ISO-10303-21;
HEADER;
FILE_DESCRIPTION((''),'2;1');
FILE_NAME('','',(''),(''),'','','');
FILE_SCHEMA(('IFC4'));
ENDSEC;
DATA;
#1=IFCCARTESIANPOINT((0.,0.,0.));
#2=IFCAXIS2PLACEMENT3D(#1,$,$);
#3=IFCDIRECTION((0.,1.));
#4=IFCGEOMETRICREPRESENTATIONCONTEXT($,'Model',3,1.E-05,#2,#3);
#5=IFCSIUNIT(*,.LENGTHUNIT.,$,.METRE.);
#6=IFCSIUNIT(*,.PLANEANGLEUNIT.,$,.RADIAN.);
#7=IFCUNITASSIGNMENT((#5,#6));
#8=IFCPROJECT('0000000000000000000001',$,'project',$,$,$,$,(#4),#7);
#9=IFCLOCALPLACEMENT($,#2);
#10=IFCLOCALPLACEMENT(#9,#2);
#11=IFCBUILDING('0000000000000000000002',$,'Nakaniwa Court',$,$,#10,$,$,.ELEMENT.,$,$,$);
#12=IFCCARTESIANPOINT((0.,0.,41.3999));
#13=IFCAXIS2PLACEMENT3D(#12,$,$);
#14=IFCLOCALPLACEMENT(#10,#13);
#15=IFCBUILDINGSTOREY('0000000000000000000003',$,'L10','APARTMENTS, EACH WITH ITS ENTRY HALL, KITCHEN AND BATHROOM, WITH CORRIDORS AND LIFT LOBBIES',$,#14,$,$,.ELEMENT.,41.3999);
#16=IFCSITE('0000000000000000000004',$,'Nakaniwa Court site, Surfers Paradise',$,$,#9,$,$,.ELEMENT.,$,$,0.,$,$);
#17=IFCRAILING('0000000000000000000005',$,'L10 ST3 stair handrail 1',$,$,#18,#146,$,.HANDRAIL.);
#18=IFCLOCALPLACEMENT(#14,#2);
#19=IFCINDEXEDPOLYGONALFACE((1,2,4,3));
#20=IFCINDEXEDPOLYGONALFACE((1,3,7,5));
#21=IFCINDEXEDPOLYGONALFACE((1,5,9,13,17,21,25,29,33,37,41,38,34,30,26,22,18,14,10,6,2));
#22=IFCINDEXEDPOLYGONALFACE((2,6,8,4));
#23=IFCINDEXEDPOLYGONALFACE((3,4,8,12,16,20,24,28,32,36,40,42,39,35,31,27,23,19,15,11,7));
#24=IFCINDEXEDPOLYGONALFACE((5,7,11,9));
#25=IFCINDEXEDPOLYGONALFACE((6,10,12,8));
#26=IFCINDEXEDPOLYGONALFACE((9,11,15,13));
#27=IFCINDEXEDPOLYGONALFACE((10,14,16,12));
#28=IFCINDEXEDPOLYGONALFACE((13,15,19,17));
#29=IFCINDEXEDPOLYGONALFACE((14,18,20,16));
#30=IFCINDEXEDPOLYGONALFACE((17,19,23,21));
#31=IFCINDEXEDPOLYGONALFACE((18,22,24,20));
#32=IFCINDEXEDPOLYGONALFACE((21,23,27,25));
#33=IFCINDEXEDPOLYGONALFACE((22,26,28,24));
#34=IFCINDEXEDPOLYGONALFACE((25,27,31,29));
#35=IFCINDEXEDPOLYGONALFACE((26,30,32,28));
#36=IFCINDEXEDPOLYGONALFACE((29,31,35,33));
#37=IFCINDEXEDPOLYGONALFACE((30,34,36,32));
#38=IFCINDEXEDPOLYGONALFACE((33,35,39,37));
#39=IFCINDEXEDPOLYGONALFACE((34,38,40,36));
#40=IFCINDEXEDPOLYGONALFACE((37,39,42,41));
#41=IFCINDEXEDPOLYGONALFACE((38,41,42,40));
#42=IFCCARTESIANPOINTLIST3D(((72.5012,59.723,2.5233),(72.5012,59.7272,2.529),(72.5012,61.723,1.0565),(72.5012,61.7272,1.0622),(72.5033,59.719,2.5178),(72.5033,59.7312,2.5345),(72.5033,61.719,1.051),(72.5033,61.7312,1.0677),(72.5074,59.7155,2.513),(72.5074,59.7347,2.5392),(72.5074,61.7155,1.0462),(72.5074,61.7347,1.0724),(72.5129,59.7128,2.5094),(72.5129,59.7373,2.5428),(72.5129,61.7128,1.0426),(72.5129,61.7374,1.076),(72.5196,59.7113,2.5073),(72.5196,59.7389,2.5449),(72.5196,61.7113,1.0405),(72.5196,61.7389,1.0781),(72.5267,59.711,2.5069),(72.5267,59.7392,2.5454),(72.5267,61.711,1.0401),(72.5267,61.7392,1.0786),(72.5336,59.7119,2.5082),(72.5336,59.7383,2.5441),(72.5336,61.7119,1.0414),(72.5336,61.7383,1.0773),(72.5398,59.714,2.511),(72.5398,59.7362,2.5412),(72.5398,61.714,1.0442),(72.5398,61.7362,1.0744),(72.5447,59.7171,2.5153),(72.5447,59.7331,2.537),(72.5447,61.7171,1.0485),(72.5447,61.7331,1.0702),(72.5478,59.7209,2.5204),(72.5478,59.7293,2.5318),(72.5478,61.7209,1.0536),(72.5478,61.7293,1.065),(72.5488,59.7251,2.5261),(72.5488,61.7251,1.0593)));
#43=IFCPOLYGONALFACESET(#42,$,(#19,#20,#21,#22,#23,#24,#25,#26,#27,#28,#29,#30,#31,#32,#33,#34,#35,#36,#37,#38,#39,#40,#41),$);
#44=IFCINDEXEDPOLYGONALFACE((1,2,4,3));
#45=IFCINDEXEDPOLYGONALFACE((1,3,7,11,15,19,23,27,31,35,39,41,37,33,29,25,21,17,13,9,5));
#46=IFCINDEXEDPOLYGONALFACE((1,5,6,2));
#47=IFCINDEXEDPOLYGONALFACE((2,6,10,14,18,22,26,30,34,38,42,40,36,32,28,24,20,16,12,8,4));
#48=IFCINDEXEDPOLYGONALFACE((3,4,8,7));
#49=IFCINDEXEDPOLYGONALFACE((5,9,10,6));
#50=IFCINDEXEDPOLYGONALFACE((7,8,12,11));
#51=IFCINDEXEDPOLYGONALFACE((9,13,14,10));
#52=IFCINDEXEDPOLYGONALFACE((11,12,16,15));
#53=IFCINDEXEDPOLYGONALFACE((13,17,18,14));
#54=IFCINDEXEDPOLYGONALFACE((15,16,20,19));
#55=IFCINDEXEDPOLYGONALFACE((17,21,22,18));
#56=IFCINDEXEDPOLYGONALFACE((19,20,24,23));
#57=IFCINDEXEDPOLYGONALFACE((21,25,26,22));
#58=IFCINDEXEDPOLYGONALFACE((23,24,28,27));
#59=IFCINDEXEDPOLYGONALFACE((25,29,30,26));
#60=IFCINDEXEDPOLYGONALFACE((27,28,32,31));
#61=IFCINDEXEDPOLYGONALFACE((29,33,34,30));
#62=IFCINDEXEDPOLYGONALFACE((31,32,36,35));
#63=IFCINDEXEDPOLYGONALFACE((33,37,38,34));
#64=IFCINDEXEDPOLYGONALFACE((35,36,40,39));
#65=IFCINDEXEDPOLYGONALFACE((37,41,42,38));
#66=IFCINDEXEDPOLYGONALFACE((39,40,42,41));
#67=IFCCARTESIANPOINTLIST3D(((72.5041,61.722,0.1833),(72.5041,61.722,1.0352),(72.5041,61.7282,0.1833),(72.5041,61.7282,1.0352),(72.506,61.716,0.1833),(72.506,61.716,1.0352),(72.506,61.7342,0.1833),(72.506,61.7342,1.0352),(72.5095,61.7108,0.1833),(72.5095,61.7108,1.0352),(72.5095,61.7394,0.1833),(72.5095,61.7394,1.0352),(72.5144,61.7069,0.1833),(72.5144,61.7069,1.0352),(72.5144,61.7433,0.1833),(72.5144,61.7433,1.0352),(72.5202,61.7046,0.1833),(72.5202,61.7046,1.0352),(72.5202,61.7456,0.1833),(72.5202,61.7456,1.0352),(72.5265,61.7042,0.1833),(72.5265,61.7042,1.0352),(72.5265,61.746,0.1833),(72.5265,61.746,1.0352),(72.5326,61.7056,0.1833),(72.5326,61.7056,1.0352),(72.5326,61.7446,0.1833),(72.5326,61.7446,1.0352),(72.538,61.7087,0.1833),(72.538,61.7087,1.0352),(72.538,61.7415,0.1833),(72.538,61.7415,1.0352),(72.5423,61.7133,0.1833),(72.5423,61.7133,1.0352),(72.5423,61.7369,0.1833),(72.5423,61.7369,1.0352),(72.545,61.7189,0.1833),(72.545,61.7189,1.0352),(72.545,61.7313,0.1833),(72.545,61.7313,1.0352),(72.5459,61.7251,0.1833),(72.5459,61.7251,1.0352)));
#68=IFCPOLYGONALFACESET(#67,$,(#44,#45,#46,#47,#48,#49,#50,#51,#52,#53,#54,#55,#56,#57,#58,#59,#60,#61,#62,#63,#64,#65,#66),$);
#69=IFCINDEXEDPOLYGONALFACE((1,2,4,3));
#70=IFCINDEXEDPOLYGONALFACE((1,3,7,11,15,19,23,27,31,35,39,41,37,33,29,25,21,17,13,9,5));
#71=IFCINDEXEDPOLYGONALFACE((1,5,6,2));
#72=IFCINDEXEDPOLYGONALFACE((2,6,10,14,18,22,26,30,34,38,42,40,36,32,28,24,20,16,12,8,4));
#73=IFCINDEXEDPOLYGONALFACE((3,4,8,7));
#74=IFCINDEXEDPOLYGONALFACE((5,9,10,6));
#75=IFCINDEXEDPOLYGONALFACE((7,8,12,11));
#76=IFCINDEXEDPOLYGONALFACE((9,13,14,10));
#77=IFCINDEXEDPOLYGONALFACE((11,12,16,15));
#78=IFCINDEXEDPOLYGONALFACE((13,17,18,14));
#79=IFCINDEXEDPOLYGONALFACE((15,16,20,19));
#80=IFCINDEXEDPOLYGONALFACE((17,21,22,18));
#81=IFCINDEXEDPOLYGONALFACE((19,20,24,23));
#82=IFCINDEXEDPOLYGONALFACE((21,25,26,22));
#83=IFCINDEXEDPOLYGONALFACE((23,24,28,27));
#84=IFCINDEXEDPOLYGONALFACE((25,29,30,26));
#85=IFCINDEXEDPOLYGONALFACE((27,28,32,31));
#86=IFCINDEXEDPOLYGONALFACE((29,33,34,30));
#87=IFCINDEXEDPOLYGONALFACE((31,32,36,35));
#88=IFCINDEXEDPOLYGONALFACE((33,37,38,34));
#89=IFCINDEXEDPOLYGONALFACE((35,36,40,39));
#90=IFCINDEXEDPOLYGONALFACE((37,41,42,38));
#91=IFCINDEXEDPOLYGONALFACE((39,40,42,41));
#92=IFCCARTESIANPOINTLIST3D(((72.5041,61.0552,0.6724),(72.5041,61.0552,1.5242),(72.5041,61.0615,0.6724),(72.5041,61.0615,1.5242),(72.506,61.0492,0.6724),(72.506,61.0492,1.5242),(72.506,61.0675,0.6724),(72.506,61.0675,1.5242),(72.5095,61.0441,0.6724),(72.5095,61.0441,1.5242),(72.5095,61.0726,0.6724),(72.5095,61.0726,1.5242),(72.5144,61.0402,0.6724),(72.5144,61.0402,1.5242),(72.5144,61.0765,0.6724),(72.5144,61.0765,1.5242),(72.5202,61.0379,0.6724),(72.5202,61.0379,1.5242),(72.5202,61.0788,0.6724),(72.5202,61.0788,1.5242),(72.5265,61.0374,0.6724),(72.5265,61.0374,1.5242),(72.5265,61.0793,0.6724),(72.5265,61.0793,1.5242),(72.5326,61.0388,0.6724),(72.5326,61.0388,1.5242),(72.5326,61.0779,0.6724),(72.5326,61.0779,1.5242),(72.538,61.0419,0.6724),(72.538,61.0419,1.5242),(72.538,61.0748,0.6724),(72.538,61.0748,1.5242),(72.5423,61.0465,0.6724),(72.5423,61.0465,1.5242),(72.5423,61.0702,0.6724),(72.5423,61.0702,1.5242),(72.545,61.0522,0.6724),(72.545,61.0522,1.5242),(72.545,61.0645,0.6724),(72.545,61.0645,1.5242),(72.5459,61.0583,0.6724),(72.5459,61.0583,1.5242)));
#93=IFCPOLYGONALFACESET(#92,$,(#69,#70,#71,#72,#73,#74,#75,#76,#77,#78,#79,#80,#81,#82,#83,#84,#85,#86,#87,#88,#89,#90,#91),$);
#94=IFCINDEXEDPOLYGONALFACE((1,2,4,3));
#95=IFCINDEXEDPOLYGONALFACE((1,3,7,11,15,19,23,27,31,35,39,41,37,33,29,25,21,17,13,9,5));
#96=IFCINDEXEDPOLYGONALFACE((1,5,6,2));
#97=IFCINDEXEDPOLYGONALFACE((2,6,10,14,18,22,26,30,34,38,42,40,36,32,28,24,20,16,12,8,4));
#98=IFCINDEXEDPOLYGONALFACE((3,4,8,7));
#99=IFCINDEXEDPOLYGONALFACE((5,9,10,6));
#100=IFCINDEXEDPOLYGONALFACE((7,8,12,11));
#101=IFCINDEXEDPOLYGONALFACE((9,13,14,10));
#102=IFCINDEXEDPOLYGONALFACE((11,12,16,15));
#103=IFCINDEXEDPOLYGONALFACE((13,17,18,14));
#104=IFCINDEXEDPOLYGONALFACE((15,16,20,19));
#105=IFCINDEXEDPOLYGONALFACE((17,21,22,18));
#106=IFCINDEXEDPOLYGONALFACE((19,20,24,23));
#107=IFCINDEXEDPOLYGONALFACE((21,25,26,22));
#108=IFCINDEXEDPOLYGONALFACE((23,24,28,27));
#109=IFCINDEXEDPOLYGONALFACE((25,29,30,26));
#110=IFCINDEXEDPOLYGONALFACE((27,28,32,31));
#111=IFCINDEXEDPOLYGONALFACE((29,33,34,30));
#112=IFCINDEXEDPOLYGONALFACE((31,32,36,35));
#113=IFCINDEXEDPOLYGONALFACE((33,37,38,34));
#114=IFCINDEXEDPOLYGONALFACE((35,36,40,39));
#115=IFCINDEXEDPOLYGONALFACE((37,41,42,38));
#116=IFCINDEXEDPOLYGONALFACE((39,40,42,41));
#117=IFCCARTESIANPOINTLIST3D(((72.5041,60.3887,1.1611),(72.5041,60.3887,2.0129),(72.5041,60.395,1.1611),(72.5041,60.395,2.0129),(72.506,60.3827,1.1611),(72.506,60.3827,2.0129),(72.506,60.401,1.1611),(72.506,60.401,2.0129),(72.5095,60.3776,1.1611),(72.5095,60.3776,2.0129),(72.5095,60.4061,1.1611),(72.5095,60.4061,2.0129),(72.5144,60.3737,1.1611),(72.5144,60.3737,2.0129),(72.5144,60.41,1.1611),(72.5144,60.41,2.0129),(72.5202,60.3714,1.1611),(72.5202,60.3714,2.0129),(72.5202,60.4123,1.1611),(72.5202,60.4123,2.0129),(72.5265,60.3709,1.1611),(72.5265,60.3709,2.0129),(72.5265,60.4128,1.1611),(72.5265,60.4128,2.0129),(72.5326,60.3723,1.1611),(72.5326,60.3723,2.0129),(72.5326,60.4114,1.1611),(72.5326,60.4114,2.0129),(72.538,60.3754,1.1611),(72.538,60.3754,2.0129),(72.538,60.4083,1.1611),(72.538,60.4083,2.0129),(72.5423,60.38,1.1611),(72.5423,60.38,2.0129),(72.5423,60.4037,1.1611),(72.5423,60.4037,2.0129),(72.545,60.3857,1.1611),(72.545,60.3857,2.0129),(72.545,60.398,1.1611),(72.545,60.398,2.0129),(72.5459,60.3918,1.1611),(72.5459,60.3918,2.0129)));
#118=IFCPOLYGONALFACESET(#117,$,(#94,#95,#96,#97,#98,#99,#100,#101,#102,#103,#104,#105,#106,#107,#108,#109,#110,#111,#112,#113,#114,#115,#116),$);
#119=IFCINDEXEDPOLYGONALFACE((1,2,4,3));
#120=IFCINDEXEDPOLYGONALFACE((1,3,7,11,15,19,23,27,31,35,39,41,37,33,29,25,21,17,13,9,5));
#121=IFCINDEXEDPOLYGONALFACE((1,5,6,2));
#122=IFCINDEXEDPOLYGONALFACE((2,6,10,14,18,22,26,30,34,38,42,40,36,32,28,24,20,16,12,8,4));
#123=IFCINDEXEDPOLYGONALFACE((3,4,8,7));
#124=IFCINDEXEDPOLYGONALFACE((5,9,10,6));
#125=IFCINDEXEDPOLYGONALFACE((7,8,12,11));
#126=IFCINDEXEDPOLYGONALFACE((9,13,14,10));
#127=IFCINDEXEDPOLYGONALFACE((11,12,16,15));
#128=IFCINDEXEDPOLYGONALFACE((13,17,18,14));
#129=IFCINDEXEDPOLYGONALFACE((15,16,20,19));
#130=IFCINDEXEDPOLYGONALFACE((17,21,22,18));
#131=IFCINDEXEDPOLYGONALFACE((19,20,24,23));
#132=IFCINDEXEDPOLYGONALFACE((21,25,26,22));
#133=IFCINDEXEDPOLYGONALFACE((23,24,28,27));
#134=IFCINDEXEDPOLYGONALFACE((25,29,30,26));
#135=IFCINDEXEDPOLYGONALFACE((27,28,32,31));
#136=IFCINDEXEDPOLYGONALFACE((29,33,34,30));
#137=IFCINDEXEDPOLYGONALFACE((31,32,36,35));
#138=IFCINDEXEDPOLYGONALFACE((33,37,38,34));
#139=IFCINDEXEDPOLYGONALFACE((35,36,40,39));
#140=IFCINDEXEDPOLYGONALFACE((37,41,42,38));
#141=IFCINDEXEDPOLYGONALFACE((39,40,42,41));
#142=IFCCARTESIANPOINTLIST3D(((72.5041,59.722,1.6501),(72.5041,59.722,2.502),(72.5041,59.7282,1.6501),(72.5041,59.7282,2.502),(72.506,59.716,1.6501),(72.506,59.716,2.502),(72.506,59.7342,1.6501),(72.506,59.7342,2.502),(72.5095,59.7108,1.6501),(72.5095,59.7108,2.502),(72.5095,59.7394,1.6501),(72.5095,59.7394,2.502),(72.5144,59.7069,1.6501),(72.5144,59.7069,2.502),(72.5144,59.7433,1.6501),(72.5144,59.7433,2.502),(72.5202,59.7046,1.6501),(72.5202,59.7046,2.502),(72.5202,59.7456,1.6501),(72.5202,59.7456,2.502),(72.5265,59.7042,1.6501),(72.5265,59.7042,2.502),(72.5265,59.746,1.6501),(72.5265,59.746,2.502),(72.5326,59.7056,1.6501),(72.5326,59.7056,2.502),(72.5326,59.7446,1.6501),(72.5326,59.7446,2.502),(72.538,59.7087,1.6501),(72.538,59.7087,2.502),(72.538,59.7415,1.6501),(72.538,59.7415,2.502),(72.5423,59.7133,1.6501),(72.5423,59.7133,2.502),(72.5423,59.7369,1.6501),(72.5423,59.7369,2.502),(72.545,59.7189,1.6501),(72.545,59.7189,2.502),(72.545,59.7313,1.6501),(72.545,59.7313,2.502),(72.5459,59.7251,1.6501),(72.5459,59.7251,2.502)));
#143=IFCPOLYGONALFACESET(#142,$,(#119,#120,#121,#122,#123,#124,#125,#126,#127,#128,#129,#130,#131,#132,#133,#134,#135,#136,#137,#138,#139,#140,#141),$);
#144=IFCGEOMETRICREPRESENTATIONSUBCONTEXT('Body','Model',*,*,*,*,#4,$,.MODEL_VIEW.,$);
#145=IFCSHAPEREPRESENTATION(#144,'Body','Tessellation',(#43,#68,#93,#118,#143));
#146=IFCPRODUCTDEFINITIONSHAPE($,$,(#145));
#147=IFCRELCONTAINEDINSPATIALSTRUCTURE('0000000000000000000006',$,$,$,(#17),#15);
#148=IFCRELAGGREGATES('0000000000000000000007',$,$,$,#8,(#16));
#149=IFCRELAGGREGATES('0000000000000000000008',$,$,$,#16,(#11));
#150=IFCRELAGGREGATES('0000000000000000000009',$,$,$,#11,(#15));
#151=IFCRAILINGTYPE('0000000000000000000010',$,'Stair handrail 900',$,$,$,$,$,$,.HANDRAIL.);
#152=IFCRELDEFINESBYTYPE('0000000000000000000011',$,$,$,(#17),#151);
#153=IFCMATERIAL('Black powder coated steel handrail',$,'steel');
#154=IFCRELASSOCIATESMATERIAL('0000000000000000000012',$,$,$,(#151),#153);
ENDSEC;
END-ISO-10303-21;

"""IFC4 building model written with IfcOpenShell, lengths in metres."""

from ifc_helpers import new_model, si_unit, direction, frame, origin, origin_2d, place, context, subcontext, project, spatial, circle, extrude, material, type_object, element, save


model = new_model("IFC4")

# Units and contexts
model_context = context("Model", 3, precision=1e-05, world=origin(), true_north=direction((0.0, 1.0)))
body_context = subcontext(model_context, "Body", "Model", "MODEL_VIEW")
ifc_project = project(units=[si_unit("LENGTHUNIT", "METRE"), si_unit("PLANEANGLEUNIT", "RADIAN")], contexts=[model_context])

# Site, building, storey
site_placement = place(None, origin())
site = spatial("IfcSite", under=ifc_project, at=site_placement, Name="Nakaniwa Court site, Surfers Paradise", CompositionType="ELEMENT", RefElevation=0.0)
building_placement = place(site_placement, origin())
building = spatial("IfcBuilding", under=site, at=building_placement, Name="Nakaniwa Court", CompositionType="ELEMENT")
storey_placement = place(building_placement, frame((0.0, 0.0, 41.3999)))
storey = spatial("IfcBuildingStorey", under=building, at=storey_placement, Name="L10", Description="APARTMENTS, EACH WITH ITS ENTRY HALL, KITCHEN AND BATHROOM, WITH CORRIDORS AND LIFT LOBBIES", CompositionType="ELEMENT", Elevation=41.3999)

# Railing
ifc_material_1 = material(Name="Black powder coated steel handrail", Category="steel")
railing_type_1 = type_object("IfcRailingType", Name="Stair handrail 900", PredefinedType="HANDRAIL", material=ifc_material_1)
railing_1_placement = place(storey_placement, frame((72.5249, 61.7251, 0.1833)))
element("IfcRailing", 1, at=railing_1_placement, inside=storey, type_object=railing_type_1, Name="L10 ST3 stair handrail 1", PredefinedType="HANDRAIL", context=body_context, shape_type="SweptSolid", body=[
    extrude(circle(Radius=0.0239, at=origin_2d()), frame((0.0, 0.0, 0.876), z_axis=(0.0, -0.80638, 0.591398), x_axis=(1.0, 0.0, 0.0)), (0.0, 0.0, 1.0), 2.4802),
    extrude(circle(Radius=0.021, at=origin_2d()), origin(), (0.0, 0.0, 1.0), 0.8518),
    extrude(circle(Radius=0.021, at=origin_2d()), frame((0.0, -0.6667, 0.489)), (0.0, 0.0, 1.0), 0.8518),
    extrude(circle(Radius=0.021, at=origin_2d()), frame((0.0, -1.3333, 0.9778)), (0.0, 0.0, 1.0), 0.8518),
    extrude(circle(Radius=0.021, at=origin_2d()), frame((0.0, -2.0, 1.4668)), (0.0, 0.0, 1.0), 0.8518),
])

save(model, "model.ifc")
